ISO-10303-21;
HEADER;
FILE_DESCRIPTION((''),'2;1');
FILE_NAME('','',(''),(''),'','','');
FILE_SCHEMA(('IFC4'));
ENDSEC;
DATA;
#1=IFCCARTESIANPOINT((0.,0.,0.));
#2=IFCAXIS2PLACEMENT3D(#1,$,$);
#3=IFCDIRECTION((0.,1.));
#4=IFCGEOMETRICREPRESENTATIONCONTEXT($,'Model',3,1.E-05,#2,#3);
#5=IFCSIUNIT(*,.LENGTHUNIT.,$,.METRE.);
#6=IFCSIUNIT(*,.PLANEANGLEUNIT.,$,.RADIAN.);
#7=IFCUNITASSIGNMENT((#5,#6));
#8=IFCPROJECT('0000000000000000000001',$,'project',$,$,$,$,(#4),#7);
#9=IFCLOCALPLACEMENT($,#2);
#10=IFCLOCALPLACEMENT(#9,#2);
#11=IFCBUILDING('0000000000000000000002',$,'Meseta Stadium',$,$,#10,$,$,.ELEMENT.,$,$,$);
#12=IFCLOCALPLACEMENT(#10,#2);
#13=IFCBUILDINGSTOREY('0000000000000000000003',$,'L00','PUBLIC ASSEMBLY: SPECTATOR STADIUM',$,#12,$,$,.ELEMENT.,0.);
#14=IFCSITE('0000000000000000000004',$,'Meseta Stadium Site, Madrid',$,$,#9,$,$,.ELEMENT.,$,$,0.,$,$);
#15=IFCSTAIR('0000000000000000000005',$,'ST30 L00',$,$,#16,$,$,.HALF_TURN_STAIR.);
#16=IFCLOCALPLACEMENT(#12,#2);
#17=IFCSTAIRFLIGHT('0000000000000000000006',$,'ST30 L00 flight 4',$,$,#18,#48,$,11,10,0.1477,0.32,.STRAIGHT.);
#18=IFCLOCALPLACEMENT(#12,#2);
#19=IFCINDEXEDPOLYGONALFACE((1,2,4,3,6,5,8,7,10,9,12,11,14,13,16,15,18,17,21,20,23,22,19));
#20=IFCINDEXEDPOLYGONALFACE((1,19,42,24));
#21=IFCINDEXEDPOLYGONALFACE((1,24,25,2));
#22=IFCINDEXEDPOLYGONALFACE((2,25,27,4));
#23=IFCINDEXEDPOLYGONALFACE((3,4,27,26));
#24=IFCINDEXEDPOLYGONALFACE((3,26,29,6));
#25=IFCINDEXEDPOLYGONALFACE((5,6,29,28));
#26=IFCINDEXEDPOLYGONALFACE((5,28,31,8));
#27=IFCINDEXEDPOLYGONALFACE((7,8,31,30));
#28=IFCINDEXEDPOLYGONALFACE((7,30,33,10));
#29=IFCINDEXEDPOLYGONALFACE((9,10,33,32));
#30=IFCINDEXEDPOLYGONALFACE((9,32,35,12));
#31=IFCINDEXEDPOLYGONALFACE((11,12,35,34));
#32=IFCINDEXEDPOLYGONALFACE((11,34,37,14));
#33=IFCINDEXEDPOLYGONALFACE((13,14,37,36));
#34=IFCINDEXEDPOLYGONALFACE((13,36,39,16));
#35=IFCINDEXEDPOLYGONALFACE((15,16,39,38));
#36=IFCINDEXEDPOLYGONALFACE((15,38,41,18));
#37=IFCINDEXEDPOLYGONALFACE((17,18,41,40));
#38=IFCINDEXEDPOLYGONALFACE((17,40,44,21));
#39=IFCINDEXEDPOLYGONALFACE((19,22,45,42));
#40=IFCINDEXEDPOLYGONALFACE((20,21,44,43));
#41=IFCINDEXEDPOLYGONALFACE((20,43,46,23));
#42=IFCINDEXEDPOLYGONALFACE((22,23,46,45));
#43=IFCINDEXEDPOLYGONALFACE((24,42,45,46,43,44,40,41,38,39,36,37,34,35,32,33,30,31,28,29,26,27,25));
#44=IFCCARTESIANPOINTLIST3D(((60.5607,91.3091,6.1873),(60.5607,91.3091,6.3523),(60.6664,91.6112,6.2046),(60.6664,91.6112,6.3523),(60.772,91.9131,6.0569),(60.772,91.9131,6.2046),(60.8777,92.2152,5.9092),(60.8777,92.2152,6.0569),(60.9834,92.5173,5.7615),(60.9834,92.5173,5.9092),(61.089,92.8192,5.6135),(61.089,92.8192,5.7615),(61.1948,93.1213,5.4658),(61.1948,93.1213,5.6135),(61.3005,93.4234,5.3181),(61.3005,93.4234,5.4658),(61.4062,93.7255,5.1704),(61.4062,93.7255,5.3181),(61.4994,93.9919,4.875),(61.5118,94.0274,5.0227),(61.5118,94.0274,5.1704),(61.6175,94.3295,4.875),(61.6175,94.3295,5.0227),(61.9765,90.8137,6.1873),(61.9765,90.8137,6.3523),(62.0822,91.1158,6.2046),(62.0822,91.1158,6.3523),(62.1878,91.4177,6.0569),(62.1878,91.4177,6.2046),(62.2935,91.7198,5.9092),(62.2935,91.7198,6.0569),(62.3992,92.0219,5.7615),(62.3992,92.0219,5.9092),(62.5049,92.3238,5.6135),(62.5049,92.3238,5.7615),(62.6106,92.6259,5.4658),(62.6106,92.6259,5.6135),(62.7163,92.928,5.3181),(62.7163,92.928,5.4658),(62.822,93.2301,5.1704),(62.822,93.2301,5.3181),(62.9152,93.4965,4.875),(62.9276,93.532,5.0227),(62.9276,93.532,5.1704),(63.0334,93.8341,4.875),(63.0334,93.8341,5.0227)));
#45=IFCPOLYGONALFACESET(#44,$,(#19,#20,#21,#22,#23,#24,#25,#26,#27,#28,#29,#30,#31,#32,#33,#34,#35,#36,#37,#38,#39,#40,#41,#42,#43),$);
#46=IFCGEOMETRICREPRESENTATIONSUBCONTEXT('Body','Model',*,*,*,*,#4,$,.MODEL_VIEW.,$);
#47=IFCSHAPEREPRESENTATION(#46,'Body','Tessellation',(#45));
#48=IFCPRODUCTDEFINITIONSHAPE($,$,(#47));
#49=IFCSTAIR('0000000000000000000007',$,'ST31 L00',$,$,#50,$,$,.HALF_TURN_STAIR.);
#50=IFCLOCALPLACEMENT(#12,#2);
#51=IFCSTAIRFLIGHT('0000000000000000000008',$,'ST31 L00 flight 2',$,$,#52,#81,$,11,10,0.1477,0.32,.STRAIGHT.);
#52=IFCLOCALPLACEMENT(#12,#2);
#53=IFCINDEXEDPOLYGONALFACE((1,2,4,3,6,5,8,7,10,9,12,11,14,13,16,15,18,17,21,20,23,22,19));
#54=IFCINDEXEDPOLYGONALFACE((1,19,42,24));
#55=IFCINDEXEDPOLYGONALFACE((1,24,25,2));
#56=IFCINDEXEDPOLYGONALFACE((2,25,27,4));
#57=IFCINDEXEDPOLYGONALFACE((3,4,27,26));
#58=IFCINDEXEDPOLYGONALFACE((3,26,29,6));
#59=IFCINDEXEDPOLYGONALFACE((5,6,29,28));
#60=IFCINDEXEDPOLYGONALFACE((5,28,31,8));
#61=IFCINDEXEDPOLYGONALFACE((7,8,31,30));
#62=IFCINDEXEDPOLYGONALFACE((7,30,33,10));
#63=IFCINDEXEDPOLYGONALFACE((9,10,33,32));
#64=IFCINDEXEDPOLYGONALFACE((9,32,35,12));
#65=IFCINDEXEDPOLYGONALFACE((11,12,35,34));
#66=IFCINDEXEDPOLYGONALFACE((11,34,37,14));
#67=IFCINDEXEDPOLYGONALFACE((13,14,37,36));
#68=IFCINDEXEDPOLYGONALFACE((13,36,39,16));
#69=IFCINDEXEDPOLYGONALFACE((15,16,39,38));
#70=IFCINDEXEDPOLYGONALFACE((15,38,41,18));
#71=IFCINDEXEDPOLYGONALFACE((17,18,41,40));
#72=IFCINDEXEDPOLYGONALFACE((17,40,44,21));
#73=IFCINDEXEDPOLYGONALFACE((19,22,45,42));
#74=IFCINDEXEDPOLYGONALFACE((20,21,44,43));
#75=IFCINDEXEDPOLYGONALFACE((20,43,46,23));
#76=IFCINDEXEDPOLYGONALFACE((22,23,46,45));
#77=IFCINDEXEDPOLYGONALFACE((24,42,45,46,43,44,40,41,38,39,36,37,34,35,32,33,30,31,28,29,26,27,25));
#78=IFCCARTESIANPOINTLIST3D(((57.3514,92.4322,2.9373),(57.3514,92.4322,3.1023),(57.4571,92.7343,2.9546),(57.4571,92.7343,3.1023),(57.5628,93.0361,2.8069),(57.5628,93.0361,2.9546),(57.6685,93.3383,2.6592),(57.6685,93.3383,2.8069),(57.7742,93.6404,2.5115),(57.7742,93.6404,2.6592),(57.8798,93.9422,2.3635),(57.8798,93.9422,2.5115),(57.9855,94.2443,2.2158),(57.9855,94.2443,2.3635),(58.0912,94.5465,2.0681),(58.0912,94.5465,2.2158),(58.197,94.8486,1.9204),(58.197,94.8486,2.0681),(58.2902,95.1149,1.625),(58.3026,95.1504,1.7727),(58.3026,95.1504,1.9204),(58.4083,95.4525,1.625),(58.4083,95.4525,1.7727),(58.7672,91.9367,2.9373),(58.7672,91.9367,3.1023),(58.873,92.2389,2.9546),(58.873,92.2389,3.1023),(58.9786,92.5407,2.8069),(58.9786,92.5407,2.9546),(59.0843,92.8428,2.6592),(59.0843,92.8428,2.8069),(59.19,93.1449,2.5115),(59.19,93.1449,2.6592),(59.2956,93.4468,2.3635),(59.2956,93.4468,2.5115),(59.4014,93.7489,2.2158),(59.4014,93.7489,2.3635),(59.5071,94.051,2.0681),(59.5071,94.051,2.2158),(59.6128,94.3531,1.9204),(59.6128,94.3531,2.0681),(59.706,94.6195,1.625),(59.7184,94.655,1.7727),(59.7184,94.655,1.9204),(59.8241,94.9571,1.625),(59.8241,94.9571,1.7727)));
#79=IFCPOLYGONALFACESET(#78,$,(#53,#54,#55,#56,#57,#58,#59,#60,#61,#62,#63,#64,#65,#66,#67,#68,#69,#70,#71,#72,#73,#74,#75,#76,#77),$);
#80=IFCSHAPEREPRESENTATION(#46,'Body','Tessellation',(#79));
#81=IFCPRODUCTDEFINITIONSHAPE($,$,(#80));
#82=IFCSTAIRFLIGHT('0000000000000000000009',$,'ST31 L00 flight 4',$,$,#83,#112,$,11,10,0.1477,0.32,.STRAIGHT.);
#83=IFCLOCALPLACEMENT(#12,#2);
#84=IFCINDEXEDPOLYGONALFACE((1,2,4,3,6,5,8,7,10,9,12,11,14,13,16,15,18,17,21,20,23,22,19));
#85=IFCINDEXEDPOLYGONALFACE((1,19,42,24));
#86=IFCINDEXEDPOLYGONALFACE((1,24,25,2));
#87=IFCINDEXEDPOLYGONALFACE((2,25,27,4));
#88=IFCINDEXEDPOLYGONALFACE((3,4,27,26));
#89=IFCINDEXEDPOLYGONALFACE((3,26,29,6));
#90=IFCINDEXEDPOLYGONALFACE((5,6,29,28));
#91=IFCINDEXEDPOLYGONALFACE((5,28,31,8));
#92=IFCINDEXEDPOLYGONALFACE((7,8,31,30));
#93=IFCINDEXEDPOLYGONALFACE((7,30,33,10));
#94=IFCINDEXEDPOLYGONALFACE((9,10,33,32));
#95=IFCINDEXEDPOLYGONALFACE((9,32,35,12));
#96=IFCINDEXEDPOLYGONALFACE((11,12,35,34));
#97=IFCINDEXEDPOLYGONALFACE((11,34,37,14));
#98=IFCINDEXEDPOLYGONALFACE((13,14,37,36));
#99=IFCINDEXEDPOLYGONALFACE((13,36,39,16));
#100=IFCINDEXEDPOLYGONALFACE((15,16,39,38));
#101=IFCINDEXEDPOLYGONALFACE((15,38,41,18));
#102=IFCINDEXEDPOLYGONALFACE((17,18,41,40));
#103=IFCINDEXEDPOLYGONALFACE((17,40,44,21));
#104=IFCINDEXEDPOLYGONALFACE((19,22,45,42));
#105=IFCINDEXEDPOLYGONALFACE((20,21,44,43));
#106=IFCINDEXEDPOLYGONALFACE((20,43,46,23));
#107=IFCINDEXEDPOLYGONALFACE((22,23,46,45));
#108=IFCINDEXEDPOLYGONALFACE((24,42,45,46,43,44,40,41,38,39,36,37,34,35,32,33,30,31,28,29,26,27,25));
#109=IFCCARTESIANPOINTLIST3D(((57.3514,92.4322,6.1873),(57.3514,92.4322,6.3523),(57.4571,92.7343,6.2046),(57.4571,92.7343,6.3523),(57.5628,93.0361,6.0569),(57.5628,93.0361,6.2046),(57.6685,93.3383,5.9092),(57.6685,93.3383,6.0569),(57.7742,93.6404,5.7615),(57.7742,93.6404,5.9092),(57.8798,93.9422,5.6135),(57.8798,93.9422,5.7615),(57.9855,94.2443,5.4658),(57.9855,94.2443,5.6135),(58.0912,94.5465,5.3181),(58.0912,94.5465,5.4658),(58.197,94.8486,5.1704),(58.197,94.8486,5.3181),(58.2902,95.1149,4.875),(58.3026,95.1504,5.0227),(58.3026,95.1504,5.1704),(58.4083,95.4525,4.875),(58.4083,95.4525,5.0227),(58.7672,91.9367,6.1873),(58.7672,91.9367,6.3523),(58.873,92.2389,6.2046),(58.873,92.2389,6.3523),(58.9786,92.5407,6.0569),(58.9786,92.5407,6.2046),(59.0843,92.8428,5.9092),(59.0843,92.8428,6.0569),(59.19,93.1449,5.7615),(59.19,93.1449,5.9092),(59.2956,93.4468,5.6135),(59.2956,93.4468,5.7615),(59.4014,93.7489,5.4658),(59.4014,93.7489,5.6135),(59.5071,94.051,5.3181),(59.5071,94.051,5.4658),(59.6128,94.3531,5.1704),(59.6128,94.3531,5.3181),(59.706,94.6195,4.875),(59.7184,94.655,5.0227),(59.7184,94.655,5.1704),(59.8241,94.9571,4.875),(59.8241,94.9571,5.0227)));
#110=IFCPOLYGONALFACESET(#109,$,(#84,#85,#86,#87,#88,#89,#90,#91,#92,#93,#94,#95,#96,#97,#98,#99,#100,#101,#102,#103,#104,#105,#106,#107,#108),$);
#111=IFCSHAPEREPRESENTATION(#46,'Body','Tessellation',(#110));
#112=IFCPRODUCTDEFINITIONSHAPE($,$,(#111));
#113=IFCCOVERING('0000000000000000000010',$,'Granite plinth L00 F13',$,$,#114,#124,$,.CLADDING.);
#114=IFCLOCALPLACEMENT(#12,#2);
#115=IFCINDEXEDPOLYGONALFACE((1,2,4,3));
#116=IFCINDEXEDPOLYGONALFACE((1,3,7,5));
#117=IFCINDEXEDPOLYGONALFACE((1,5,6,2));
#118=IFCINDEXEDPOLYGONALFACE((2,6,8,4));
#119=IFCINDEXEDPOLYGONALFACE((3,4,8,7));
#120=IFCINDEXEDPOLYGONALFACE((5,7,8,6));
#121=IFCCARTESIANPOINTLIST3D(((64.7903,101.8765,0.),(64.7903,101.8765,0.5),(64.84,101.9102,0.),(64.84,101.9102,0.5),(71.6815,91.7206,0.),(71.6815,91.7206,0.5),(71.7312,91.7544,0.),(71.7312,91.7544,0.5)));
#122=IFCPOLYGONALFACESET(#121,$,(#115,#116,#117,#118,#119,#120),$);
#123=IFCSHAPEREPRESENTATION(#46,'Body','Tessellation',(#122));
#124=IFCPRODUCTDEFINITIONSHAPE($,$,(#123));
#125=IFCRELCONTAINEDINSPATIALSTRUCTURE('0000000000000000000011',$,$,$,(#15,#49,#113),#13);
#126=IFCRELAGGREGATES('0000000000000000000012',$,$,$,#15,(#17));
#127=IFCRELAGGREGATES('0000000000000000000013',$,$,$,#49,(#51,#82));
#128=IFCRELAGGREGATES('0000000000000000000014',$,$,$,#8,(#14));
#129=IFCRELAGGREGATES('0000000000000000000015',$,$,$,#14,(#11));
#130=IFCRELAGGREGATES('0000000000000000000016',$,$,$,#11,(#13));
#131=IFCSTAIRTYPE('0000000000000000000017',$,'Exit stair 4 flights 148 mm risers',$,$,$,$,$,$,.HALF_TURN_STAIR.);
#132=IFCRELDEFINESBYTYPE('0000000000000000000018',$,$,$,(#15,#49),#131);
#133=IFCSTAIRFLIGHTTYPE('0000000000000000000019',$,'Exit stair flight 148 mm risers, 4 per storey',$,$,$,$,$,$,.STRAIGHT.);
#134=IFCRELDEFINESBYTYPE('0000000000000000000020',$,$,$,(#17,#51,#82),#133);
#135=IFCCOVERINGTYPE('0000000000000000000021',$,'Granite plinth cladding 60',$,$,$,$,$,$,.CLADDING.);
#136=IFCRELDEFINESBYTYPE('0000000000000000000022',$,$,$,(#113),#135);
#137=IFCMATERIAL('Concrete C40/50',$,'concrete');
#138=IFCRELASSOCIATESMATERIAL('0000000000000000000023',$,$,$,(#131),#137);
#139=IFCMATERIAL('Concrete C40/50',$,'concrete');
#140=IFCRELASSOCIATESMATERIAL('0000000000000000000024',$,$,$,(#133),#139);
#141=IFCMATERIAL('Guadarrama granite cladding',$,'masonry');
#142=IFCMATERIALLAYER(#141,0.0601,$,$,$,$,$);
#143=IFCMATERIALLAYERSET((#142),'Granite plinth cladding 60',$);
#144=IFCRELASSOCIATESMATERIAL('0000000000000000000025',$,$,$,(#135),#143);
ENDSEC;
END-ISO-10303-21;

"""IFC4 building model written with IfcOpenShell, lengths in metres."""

from ifc_helpers import new_model, si_unit, direction, frame, origin, origin_2d, place, context, subcontext, project, spatial, polyline, rectangle, outline, extrude, material, layer, layer_set, type_object, element, aggregate, save


model = new_model("IFC4")

# Units and contexts
model_context = context("Model", 3, precision=1e-05, world=origin(), true_north=direction((0.0, 1.0)))
body_context = subcontext(model_context, "Body", "Model", "MODEL_VIEW")
ifc_project = project(units=[si_unit("LENGTHUNIT", "METRE"), si_unit("PLANEANGLEUNIT", "RADIAN")], contexts=[model_context])

# Site, building, storey
site_placement = place(None, origin())
site = spatial("IfcSite", under=ifc_project, at=site_placement, Name="Meseta Stadium Site, Madrid", CompositionType="ELEMENT", RefElevation=0.0)
building_placement = place(site_placement, origin())
building = spatial("IfcBuilding", under=site, at=building_placement, Name="Meseta Stadium", CompositionType="ELEMENT")
storey_placement = place(building_placement, origin())
storey = spatial("IfcBuildingStorey", under=building, at=storey_placement, Name="L00", Description="PUBLIC ASSEMBLY: SPECTATOR STADIUM", CompositionType="ELEMENT", Elevation=0.0)

# Stairs, stair flights
ifc_material_1 = material(Name="Concrete C40/50", Category="concrete")
stair_type = type_object("IfcStairType", Name="Exit stair 4 flights 148 mm risers", PredefinedType="HALF_TURN_STAIR", material=ifc_material_1)
ifc_material_2 = material(Name="Concrete C40/50", Category="concrete")
stair_flight_type = type_object("IfcStairFlightType", Name="Exit stair flight 148 mm risers, 4 per storey", PredefinedType="STRAIGHT", material=ifc_material_2)
stair_1_placement = place(storey_placement, origin())
stair_1 = element("IfcStair", 1, at=stair_1_placement, inside=storey, type_object=stair_type, Name="ST30 L00", PredefinedType="HALF_TURN_STAIR")
stair_flight_1_placement = place(storey_placement, frame((62.3254, 94.0818, 4.875), z_axis=(0.0, 0.0, 1.0), x_axis=(-0.330279, -0.943883, 0.0)))
stair_flight_1 = element("IfcStairFlight", 2, at=stair_flight_1_placement, type_object=stair_flight_type, Name="ST30 L00 flight 4", NumberOfRisers=11, NumberOfTreads=10, PredefinedType="STRAIGHT", RiserHeight=0.1477, TreadLength=0.32, context=body_context, shape_type="SweptSolid", body=[
    extrude(outline(polyline([(0.0, 0.0), (0.0, 0.1477), (0.3201, 0.1477), (0.3201, 0.2954), (0.6399, 0.2954), (0.6399, 0.4431), (0.96, 0.4431), (0.96, 0.5908), (1.28, 0.5908), (1.28, 0.7385), (1.6001, 0.7385), (1.6001, 0.8865), (1.9199, 0.8865), (1.9199, 1.0342), (2.24, 1.0342), (2.24, 1.1819), (2.5601, 1.1819), (2.5601, 1.3296), (2.8799, 1.3296), (2.8799, 1.4773), (3.2, 1.4773), (3.2, 1.3123), (0.3577, 0.0), (0.0, 0.0)])), frame((0.0, 0.75, 0.0), z_axis=(0.0, -1.0, 0.0), x_axis=(1.0, 0.0, 0.0)), (0.0, 0.0, 1.0), 1.5),
])
aggregate(stair_1, [stair_flight_1])
stair_2_placement = place(storey_placement, origin())
stair_2 = element("IfcStair", 3, at=stair_2_placement, inside=storey, type_object=stair_type, Name="ST31 L00", PredefinedType="HALF_TURN_STAIR")
stair_flight_2_placement = place(storey_placement, frame((59.1162, 95.2048, 1.625), z_axis=(0.0, 0.0, 1.0), x_axis=(-0.330279, -0.943883, 0.0)))
stair_flight_2 = element("IfcStairFlight", 4, at=stair_flight_2_placement, type_object=stair_flight_type, Name="ST31 L00 flight 2", NumberOfRisers=11, NumberOfTreads=10, PredefinedType="STRAIGHT", RiserHeight=0.1477, TreadLength=0.32, context=body_context, shape_type="SweptSolid", body=[
    extrude(outline(polyline([(0.0, 0.0), (0.0, 0.1477), (0.3201, 0.1477), (0.3201, 0.2954), (0.6399, 0.2954), (0.6399, 0.4431), (0.96, 0.4431), (0.96, 0.5908), (1.28, 0.5908), (1.28, 0.7385), (1.6001, 0.7385), (1.6001, 0.8865), (1.9199, 0.8865), (1.9199, 1.0342), (2.24, 1.0342), (2.24, 1.1819), (2.5601, 1.1819), (2.5601, 1.3296), (2.8799, 1.3296), (2.8799, 1.4773), (3.2, 1.4773), (3.2, 1.3123), (0.3577, 0.0), (0.0, 0.0)])), frame((0.0, 0.75, 0.0), z_axis=(0.0, -1.0, 0.0), x_axis=(1.0, 0.0, 0.0)), (0.0, 0.0, 1.0), 1.5),
])
stair_flight_3_placement = place(storey_placement, frame((59.1162, 95.2048, 4.875), z_axis=(0.0, 0.0, 1.0), x_axis=(-0.330279, -0.943883, 0.0)))
stair_flight_3 = element("IfcStairFlight", 5, at=stair_flight_3_placement, type_object=stair_flight_type, Name="ST31 L00 flight 4", NumberOfRisers=11, NumberOfTreads=10, PredefinedType="STRAIGHT", RiserHeight=0.1477, TreadLength=0.32, context=body_context, shape_type="SweptSolid", body=[
    extrude(outline(polyline([(0.0, 0.0), (0.0, 0.1477), (0.3201, 0.1477), (0.3201, 0.2954), (0.6399, 0.2954), (0.6399, 0.4431), (0.96, 0.4431), (0.96, 0.5908), (1.28, 0.5908), (1.28, 0.7385), (1.6001, 0.7385), (1.6001, 0.8865), (1.9199, 0.8865), (1.9199, 1.0342), (2.24, 1.0342), (2.24, 1.1819), (2.5601, 1.1819), (2.5601, 1.3296), (2.8799, 1.3296), (2.8799, 1.4773), (3.2, 1.4773), (3.2, 1.3123), (0.3577, 0.0), (0.0, 0.0)])), frame((0.0, 0.75, 0.0), z_axis=(0.0, -1.0, 0.0), x_axis=(1.0, 0.0, 0.0)), (0.0, 0.0, 1.0), 1.5),
])
aggregate(stair_2, [stair_flight_2, stair_flight_3])

# Covering
ifc_material_3 = material(Name="Guadarrama granite cladding", Category="masonry")
ifc_layer_1 = layer(ifc_material_3, 0.0601)
ifc_layer_set_1 = layer_set([ifc_layer_1], Name="Granite plinth cladding 60")
covering_type = type_object("IfcCoveringType", Name="Granite plinth cladding 60", PredefinedType="CLADDING", material=ifc_layer_set_1)
covering_placement = place(storey_placement, frame((68.2607, 96.8154, 0.0), z_axis=(0.0, 0.0, 1.0), x_axis=(0.56149, -0.827484, 0.0)))
element("IfcCovering", 6, at=covering_placement, inside=storey, type_object=covering_type, Name="Granite plinth L00 F13", PredefinedType="CLADDING", context=body_context, shape_type="SweptSolid", body=[
    extrude(rectangle(XDim=12.2732, YDim=0.0601, at=origin_2d()), origin(), (0.0, 0.0, 1.0), 0.5),
])

save(model, "model.ifc")
